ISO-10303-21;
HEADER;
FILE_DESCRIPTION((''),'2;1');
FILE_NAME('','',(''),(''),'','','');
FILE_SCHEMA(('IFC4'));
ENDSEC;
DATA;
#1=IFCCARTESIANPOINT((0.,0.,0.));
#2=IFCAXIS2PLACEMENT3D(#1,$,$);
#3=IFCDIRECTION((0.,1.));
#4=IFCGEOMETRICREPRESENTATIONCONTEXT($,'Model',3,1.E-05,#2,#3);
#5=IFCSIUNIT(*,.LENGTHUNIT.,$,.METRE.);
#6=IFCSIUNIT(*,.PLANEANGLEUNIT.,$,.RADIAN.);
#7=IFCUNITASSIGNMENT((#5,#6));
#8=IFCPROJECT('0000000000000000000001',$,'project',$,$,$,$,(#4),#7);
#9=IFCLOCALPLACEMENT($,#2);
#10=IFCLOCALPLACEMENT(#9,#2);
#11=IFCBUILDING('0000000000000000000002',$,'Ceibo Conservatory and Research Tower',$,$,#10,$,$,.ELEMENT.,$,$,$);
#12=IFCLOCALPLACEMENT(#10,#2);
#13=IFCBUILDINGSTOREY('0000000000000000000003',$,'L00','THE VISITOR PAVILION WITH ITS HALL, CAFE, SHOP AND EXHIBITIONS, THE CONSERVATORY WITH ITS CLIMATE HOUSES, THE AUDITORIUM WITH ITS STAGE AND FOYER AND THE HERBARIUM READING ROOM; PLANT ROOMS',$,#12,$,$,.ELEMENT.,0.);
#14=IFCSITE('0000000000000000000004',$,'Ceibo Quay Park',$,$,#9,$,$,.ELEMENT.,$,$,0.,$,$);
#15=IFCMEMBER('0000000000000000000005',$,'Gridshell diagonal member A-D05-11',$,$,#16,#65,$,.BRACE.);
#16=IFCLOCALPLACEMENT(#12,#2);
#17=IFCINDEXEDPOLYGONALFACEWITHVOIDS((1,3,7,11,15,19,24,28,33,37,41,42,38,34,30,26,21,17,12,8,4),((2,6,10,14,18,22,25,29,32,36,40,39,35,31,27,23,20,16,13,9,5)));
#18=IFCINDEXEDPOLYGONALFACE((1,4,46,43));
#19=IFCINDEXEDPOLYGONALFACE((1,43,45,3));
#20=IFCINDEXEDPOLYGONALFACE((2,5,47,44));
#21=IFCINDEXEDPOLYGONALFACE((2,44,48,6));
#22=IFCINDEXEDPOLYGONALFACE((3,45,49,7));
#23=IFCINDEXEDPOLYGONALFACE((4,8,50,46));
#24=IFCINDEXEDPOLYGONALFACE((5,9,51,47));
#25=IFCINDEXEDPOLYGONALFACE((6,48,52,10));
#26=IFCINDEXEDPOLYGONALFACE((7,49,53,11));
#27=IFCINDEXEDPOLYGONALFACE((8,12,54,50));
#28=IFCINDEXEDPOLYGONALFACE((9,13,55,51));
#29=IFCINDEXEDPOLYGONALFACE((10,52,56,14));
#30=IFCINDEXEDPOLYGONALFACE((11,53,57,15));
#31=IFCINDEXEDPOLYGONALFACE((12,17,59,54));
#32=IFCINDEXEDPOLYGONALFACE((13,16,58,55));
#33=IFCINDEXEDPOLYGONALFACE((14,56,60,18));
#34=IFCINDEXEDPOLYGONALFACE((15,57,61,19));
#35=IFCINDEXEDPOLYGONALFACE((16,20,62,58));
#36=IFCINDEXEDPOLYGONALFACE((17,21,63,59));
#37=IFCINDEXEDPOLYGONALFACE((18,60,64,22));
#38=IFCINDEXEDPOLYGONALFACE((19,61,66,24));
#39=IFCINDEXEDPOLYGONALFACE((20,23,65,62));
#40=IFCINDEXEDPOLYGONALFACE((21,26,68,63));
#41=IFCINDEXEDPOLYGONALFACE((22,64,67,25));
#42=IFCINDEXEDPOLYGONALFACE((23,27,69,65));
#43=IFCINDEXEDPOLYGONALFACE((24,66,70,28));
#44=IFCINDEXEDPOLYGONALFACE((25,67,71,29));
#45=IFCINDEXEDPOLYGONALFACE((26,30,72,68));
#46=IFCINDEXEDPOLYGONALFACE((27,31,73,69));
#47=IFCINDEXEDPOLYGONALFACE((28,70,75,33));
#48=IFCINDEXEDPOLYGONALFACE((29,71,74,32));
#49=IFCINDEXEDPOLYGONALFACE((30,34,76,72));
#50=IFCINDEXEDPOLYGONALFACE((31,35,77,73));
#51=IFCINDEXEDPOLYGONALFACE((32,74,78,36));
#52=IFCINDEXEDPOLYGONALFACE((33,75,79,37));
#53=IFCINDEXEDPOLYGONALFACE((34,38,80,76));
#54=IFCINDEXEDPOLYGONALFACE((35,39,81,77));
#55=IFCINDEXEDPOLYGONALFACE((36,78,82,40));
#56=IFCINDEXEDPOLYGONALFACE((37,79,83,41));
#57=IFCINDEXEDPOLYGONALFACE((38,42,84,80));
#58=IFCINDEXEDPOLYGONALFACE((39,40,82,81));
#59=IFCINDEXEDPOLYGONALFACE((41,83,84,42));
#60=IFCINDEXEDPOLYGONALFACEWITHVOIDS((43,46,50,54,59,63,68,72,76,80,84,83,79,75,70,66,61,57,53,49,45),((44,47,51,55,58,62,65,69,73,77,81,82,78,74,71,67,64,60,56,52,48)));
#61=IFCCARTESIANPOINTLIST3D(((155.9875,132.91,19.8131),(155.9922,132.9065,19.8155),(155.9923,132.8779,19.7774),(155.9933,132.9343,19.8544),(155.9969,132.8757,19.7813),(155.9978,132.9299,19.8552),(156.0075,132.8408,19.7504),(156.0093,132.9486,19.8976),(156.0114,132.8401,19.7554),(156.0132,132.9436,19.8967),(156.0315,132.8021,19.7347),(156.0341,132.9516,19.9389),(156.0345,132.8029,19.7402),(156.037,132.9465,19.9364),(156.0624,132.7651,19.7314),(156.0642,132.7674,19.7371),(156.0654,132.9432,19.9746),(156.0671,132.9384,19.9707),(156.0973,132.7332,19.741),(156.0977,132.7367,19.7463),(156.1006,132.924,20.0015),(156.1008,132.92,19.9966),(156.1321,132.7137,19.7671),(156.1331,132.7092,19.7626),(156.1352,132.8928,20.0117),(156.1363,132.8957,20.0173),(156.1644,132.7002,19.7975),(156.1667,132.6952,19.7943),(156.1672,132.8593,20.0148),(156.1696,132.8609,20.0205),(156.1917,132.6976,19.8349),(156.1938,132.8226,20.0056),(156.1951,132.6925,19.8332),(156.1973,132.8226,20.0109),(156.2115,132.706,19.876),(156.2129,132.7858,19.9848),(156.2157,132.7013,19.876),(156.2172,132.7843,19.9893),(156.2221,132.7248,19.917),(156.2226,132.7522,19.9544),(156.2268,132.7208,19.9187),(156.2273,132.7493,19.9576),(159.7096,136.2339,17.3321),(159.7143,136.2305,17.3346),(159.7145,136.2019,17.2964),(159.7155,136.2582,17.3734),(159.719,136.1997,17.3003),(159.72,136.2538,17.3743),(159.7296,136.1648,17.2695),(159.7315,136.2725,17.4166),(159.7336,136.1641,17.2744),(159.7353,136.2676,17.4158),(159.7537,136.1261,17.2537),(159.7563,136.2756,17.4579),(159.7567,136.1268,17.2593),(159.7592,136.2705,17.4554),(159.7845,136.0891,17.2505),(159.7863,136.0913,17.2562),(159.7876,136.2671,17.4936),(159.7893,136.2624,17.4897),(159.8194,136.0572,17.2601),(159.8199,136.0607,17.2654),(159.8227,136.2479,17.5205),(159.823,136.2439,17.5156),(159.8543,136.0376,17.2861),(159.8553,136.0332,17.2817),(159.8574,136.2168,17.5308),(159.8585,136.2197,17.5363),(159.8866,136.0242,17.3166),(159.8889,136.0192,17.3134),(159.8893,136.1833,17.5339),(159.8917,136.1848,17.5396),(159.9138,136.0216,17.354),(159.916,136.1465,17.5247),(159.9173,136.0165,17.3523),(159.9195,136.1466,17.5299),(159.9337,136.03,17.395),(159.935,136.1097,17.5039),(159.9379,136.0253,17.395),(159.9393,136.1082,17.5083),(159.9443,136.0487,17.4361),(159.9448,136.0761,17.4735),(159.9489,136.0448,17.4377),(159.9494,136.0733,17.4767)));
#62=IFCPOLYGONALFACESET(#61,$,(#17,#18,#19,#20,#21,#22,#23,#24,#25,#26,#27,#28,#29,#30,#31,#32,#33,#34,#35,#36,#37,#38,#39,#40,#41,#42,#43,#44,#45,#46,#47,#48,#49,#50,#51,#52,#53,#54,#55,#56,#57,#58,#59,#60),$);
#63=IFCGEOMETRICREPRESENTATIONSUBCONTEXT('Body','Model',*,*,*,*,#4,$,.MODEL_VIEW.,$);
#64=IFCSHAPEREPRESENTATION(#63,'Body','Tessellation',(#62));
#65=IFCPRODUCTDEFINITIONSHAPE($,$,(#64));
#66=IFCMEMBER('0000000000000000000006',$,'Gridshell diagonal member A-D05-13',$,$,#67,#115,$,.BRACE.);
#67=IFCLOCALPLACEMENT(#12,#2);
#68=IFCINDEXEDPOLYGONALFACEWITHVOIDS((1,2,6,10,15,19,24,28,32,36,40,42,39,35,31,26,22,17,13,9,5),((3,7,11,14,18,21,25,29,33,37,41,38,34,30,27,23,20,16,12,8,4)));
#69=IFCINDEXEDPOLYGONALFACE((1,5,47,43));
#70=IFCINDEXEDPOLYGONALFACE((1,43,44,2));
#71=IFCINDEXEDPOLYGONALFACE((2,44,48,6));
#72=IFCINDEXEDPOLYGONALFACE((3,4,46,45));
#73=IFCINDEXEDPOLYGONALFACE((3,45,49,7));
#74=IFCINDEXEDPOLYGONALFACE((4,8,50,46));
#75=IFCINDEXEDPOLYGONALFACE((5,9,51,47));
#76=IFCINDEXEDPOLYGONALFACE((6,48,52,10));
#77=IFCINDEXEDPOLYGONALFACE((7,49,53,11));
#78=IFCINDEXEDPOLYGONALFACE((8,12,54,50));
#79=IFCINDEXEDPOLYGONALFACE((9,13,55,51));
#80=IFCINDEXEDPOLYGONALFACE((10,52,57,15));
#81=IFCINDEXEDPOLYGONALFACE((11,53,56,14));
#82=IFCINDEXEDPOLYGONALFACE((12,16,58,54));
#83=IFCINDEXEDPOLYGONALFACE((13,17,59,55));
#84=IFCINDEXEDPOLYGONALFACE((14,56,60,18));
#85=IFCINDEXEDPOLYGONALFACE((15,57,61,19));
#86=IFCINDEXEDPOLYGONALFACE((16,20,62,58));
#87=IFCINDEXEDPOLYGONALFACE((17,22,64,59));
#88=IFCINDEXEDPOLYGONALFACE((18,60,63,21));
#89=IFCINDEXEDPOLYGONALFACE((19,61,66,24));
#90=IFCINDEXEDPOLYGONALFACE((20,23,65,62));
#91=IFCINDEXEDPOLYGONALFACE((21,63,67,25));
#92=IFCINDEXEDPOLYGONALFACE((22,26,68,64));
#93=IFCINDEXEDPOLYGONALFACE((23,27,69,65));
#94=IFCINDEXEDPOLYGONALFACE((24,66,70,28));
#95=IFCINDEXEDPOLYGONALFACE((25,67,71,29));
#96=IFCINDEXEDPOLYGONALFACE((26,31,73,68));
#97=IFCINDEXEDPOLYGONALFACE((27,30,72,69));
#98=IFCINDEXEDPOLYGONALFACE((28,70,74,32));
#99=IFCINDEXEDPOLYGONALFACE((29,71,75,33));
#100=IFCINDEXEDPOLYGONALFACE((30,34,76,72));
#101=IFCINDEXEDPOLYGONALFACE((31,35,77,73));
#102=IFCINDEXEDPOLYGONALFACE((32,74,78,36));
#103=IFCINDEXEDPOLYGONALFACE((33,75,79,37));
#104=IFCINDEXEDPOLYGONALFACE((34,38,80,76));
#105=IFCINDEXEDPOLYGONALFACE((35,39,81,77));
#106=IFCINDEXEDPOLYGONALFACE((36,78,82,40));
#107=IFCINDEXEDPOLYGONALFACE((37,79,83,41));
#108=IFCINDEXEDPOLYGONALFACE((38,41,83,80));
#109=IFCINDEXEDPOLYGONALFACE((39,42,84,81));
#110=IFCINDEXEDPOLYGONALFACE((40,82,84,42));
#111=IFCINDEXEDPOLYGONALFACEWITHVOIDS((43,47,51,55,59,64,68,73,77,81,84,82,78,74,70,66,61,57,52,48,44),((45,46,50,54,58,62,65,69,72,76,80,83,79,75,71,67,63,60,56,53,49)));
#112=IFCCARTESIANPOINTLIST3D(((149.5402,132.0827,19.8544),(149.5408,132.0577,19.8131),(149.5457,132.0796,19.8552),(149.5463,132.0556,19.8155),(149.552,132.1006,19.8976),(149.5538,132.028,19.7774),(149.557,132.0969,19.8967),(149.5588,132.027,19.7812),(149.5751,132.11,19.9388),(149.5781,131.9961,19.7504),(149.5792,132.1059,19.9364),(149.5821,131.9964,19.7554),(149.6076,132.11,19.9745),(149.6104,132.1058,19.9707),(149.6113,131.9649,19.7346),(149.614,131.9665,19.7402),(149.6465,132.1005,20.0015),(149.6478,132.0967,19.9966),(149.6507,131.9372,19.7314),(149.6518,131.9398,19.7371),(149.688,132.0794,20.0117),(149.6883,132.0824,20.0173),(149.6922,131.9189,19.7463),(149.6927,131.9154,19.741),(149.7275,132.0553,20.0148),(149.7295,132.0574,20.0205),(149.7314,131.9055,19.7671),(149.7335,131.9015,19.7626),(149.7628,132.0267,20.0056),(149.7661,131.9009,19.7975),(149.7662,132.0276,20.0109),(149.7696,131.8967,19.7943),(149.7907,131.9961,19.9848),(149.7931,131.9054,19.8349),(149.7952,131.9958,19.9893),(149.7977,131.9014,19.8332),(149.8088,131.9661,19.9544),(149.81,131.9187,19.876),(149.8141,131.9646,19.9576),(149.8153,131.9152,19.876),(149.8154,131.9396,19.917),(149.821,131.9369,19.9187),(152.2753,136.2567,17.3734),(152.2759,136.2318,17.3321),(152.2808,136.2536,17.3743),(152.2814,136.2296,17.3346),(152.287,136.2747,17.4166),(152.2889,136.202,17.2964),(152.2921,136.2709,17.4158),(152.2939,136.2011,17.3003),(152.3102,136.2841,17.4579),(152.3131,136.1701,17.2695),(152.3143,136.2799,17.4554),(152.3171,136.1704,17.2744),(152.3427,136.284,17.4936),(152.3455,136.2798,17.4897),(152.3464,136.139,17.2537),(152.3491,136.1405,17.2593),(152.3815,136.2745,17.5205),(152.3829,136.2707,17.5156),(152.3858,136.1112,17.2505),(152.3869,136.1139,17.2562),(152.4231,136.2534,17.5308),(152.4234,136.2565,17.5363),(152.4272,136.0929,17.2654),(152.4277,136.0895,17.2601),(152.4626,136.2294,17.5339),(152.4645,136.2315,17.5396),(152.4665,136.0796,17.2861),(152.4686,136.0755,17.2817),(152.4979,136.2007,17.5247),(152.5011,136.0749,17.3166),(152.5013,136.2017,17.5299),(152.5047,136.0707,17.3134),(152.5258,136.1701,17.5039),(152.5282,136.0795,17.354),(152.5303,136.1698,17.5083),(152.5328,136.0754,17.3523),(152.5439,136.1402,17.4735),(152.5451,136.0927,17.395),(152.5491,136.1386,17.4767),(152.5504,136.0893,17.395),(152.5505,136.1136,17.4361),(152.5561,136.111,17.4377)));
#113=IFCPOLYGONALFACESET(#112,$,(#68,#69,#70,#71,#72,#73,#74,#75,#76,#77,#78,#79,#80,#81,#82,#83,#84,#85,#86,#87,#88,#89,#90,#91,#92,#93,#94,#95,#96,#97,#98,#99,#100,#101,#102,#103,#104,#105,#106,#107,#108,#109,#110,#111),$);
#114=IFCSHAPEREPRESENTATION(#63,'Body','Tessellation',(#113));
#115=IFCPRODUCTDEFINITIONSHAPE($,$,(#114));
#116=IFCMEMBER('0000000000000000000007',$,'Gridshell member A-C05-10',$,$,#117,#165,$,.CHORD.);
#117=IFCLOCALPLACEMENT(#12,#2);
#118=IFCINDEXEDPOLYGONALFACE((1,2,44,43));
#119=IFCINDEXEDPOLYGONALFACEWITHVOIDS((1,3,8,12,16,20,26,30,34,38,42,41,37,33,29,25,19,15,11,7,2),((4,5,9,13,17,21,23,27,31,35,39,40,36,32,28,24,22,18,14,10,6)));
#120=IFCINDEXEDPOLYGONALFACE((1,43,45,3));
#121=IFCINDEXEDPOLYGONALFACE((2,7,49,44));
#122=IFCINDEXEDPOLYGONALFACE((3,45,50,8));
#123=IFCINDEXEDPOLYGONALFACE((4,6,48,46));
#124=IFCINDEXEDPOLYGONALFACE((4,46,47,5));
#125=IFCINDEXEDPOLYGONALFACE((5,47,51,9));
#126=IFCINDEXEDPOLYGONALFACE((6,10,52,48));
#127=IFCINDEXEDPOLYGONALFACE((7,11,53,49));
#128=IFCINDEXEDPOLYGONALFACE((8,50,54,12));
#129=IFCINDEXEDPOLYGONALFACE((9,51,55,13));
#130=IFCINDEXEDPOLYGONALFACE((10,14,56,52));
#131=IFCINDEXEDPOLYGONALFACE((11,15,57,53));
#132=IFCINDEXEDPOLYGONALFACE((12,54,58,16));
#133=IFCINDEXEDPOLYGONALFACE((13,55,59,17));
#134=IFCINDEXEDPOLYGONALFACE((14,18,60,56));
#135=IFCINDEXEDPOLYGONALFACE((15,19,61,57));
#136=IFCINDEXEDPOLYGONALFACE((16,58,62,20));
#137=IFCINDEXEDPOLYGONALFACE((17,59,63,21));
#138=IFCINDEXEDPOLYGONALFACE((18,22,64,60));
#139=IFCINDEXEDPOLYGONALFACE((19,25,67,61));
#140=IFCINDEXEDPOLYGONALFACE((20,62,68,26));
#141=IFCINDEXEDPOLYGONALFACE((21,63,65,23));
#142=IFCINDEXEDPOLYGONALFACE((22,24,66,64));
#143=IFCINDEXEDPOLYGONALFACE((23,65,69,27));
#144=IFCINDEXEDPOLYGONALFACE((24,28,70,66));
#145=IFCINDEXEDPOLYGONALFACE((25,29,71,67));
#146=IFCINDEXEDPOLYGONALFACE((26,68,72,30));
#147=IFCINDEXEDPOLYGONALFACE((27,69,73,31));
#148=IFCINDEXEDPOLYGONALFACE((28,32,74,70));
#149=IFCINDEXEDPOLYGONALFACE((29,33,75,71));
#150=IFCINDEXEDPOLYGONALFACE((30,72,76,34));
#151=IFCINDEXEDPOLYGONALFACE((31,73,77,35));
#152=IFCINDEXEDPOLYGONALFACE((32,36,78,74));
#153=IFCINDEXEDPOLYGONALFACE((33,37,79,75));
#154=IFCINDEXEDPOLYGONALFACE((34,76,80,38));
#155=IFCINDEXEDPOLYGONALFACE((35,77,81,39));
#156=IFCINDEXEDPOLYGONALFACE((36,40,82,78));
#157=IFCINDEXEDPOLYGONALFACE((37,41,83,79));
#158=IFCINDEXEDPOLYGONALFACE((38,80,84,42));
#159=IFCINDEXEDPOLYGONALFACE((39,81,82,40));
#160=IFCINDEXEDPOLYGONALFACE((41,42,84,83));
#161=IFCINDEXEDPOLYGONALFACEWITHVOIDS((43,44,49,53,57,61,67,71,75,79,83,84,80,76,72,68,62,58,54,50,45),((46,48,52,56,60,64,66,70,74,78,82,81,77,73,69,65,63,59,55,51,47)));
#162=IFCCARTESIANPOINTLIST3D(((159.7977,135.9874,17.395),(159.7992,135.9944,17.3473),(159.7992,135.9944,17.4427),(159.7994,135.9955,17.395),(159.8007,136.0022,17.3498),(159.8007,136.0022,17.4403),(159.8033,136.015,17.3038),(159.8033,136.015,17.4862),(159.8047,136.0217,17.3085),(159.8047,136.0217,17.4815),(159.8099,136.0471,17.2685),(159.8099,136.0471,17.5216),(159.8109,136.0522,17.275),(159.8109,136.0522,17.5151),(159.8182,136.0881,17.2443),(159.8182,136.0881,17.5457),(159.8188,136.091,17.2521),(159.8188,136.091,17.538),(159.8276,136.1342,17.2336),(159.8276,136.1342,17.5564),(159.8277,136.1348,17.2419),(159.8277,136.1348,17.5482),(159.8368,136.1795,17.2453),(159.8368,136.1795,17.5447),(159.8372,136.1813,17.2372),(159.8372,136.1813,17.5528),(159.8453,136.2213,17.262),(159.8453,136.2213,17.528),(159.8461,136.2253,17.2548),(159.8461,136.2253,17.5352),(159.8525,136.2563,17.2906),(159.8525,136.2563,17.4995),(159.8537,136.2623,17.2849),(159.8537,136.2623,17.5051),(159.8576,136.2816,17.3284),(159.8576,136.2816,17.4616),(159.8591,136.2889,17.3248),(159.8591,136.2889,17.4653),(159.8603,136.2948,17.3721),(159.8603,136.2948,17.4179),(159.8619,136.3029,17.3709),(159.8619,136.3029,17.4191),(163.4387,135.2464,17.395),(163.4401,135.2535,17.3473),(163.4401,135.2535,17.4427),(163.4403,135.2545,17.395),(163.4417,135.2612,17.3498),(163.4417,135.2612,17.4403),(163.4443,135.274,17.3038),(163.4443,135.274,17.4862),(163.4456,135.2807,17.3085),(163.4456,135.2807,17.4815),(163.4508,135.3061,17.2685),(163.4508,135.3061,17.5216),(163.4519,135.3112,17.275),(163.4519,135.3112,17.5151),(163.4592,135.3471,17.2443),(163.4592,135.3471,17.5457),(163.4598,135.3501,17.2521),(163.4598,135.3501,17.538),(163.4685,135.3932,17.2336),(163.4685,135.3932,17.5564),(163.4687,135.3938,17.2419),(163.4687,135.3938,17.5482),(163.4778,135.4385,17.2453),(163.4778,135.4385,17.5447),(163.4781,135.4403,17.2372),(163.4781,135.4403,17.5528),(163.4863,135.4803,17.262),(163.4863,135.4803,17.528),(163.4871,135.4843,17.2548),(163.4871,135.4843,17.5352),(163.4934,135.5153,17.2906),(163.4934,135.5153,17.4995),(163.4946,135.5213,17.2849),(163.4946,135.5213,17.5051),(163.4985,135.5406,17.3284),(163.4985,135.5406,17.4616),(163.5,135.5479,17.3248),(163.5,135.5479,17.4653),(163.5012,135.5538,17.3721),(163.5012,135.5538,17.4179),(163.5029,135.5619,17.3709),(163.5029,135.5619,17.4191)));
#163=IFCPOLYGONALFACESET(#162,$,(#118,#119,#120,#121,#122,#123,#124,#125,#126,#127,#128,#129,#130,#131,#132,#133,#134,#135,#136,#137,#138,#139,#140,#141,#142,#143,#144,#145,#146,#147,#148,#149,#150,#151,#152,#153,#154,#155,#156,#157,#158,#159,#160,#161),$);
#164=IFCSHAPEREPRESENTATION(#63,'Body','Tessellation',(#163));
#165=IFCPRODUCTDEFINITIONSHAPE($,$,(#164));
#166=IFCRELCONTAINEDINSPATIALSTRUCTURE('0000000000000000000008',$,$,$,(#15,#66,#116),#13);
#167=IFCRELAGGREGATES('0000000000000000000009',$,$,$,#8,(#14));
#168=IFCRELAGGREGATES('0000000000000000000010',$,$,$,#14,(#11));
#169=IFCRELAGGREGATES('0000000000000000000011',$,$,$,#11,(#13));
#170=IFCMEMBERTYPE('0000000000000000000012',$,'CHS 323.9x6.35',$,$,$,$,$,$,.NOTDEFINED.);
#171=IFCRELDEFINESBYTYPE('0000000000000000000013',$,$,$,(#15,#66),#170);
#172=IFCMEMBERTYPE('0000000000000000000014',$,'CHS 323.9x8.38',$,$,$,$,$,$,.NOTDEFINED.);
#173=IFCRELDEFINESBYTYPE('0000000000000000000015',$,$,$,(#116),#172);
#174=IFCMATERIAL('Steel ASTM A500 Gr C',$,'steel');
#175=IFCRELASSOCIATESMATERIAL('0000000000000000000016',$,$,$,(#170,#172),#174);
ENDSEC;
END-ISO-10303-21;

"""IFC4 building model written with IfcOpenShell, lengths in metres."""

from ifc_helpers import new_model, si_unit, direction, frame, origin, origin_2d, place, context, subcontext, project, spatial, hollow_circle, extrude, material, material_profile, profile_set, type_object, element, save


model = new_model("IFC4")

# Units and contexts
model_context = context("Model", 3, precision=1e-05, world=origin(), true_north=direction((0.0, 1.0)))
body_context = subcontext(model_context, "Body", "Model", "MODEL_VIEW")
ifc_project = project(units=[si_unit("LENGTHUNIT", "METRE"), si_unit("PLANEANGLEUNIT", "RADIAN")], contexts=[model_context])

# Site, building, storey
site_placement = place(None, origin())
site = spatial("IfcSite", under=ifc_project, at=site_placement, Name="Ceibo Quay Park", CompositionType="ELEMENT", RefElevation=0.0)
building_placement = place(site_placement, origin())
building = spatial("IfcBuilding", under=site, at=building_placement, Name="Ceibo Conservatory and Research Tower", CompositionType="ELEMENT")
storey_placement = place(building_placement, origin())
storey = spatial("IfcBuildingStorey", under=building, at=storey_placement, Name="L00", Description="THE VISITOR PAVILION WITH ITS HALL, CAFE, SHOP AND EXHIBITIONS, THE CONSERVATORY WITH ITS CLIMATE HOUSES, THE AUDITORIUM WITH ITS STAGE AND FOYER AND THE HERBARIUM READING ROOM; PLANT ROOMS", CompositionType="ELEMENT", Elevation=0.0)

# Members
ifc_material_1 = material(Name="Steel ASTM A500 Gr C", Category="steel")
ifc_material_profile_1 = material_profile(ifc_material_1, hollow_circle(Radius=0.1619, WallThickness=0.0063, at=origin_2d()), Name="CHS 323.9x6.35")
ifc_profile_set_1 = profile_set([ifc_material_profile_1], Name="Steel ASTM A500 Gr C")
member_type_1 = type_object("IfcMemberType", Name="CHS 323.9x6.35", PredefinedType="NOTDEFINED", material=ifc_profile_set_1)
for number, where, z_axis, x_axis, name in (
    (1, (159.8301, 136.146, 17.395), (-0.667891, -0.596441, 0.445173), (0.666084, -0.745877, 0.0), "Gridshell diagonal member A-D05-11"),
    (2, (152.415, 136.178, 17.395), (-0.490774, -0.748975, 0.445171), (0.836427, -0.548078, 0.0), "Gridshell diagonal member A-D05-13"),
):
    element("IfcMember", number, at=place(storey_placement, frame(where, z_axis=z_axis, x_axis=x_axis)), inside=storey, type_object=member_type_1, Name=name, PredefinedType="BRACE", context=body_context, shape_type="SweptSolid", body=[
        extrude(hollow_circle(Radius=0.1619, WallThickness=0.0063, at=origin_2d()), origin(), (0.0, 0.0, 1.0), 5.573),
    ])
ifc_material_profile_2 = material_profile(ifc_material_1, hollow_circle(Radius=0.1619, WallThickness=0.0083, at=origin_2d()), Name="CHS 323.9x8.38")
ifc_profile_set_2 = profile_set([ifc_material_profile_2], Name="Steel ASTM A500 Gr C")
member_type_2 = type_object("IfcMemberType", Name="CHS 323.9x8.38", PredefinedType="NOTDEFINED", material=ifc_profile_set_2)
member_1_placement = place(storey_placement, frame((163.4709, 135.405, 17.395), z_axis=(-0.979913, 0.199426, 0.0), x_axis=(-0.199426, -0.979913, 0.0)))
element("IfcMember", 3, at=member_1_placement, inside=storey, type_object=member_type_2, Name="Gridshell member A-C05-10", PredefinedType="CHORD", context=body_context, shape_type="SweptSolid", body=[
    extrude(hollow_circle(Radius=0.1619, WallThickness=0.0083, at=origin_2d()), origin(), (0.0, 0.0, 1.0), 3.7156),
])

save(model, "model.ifc")
